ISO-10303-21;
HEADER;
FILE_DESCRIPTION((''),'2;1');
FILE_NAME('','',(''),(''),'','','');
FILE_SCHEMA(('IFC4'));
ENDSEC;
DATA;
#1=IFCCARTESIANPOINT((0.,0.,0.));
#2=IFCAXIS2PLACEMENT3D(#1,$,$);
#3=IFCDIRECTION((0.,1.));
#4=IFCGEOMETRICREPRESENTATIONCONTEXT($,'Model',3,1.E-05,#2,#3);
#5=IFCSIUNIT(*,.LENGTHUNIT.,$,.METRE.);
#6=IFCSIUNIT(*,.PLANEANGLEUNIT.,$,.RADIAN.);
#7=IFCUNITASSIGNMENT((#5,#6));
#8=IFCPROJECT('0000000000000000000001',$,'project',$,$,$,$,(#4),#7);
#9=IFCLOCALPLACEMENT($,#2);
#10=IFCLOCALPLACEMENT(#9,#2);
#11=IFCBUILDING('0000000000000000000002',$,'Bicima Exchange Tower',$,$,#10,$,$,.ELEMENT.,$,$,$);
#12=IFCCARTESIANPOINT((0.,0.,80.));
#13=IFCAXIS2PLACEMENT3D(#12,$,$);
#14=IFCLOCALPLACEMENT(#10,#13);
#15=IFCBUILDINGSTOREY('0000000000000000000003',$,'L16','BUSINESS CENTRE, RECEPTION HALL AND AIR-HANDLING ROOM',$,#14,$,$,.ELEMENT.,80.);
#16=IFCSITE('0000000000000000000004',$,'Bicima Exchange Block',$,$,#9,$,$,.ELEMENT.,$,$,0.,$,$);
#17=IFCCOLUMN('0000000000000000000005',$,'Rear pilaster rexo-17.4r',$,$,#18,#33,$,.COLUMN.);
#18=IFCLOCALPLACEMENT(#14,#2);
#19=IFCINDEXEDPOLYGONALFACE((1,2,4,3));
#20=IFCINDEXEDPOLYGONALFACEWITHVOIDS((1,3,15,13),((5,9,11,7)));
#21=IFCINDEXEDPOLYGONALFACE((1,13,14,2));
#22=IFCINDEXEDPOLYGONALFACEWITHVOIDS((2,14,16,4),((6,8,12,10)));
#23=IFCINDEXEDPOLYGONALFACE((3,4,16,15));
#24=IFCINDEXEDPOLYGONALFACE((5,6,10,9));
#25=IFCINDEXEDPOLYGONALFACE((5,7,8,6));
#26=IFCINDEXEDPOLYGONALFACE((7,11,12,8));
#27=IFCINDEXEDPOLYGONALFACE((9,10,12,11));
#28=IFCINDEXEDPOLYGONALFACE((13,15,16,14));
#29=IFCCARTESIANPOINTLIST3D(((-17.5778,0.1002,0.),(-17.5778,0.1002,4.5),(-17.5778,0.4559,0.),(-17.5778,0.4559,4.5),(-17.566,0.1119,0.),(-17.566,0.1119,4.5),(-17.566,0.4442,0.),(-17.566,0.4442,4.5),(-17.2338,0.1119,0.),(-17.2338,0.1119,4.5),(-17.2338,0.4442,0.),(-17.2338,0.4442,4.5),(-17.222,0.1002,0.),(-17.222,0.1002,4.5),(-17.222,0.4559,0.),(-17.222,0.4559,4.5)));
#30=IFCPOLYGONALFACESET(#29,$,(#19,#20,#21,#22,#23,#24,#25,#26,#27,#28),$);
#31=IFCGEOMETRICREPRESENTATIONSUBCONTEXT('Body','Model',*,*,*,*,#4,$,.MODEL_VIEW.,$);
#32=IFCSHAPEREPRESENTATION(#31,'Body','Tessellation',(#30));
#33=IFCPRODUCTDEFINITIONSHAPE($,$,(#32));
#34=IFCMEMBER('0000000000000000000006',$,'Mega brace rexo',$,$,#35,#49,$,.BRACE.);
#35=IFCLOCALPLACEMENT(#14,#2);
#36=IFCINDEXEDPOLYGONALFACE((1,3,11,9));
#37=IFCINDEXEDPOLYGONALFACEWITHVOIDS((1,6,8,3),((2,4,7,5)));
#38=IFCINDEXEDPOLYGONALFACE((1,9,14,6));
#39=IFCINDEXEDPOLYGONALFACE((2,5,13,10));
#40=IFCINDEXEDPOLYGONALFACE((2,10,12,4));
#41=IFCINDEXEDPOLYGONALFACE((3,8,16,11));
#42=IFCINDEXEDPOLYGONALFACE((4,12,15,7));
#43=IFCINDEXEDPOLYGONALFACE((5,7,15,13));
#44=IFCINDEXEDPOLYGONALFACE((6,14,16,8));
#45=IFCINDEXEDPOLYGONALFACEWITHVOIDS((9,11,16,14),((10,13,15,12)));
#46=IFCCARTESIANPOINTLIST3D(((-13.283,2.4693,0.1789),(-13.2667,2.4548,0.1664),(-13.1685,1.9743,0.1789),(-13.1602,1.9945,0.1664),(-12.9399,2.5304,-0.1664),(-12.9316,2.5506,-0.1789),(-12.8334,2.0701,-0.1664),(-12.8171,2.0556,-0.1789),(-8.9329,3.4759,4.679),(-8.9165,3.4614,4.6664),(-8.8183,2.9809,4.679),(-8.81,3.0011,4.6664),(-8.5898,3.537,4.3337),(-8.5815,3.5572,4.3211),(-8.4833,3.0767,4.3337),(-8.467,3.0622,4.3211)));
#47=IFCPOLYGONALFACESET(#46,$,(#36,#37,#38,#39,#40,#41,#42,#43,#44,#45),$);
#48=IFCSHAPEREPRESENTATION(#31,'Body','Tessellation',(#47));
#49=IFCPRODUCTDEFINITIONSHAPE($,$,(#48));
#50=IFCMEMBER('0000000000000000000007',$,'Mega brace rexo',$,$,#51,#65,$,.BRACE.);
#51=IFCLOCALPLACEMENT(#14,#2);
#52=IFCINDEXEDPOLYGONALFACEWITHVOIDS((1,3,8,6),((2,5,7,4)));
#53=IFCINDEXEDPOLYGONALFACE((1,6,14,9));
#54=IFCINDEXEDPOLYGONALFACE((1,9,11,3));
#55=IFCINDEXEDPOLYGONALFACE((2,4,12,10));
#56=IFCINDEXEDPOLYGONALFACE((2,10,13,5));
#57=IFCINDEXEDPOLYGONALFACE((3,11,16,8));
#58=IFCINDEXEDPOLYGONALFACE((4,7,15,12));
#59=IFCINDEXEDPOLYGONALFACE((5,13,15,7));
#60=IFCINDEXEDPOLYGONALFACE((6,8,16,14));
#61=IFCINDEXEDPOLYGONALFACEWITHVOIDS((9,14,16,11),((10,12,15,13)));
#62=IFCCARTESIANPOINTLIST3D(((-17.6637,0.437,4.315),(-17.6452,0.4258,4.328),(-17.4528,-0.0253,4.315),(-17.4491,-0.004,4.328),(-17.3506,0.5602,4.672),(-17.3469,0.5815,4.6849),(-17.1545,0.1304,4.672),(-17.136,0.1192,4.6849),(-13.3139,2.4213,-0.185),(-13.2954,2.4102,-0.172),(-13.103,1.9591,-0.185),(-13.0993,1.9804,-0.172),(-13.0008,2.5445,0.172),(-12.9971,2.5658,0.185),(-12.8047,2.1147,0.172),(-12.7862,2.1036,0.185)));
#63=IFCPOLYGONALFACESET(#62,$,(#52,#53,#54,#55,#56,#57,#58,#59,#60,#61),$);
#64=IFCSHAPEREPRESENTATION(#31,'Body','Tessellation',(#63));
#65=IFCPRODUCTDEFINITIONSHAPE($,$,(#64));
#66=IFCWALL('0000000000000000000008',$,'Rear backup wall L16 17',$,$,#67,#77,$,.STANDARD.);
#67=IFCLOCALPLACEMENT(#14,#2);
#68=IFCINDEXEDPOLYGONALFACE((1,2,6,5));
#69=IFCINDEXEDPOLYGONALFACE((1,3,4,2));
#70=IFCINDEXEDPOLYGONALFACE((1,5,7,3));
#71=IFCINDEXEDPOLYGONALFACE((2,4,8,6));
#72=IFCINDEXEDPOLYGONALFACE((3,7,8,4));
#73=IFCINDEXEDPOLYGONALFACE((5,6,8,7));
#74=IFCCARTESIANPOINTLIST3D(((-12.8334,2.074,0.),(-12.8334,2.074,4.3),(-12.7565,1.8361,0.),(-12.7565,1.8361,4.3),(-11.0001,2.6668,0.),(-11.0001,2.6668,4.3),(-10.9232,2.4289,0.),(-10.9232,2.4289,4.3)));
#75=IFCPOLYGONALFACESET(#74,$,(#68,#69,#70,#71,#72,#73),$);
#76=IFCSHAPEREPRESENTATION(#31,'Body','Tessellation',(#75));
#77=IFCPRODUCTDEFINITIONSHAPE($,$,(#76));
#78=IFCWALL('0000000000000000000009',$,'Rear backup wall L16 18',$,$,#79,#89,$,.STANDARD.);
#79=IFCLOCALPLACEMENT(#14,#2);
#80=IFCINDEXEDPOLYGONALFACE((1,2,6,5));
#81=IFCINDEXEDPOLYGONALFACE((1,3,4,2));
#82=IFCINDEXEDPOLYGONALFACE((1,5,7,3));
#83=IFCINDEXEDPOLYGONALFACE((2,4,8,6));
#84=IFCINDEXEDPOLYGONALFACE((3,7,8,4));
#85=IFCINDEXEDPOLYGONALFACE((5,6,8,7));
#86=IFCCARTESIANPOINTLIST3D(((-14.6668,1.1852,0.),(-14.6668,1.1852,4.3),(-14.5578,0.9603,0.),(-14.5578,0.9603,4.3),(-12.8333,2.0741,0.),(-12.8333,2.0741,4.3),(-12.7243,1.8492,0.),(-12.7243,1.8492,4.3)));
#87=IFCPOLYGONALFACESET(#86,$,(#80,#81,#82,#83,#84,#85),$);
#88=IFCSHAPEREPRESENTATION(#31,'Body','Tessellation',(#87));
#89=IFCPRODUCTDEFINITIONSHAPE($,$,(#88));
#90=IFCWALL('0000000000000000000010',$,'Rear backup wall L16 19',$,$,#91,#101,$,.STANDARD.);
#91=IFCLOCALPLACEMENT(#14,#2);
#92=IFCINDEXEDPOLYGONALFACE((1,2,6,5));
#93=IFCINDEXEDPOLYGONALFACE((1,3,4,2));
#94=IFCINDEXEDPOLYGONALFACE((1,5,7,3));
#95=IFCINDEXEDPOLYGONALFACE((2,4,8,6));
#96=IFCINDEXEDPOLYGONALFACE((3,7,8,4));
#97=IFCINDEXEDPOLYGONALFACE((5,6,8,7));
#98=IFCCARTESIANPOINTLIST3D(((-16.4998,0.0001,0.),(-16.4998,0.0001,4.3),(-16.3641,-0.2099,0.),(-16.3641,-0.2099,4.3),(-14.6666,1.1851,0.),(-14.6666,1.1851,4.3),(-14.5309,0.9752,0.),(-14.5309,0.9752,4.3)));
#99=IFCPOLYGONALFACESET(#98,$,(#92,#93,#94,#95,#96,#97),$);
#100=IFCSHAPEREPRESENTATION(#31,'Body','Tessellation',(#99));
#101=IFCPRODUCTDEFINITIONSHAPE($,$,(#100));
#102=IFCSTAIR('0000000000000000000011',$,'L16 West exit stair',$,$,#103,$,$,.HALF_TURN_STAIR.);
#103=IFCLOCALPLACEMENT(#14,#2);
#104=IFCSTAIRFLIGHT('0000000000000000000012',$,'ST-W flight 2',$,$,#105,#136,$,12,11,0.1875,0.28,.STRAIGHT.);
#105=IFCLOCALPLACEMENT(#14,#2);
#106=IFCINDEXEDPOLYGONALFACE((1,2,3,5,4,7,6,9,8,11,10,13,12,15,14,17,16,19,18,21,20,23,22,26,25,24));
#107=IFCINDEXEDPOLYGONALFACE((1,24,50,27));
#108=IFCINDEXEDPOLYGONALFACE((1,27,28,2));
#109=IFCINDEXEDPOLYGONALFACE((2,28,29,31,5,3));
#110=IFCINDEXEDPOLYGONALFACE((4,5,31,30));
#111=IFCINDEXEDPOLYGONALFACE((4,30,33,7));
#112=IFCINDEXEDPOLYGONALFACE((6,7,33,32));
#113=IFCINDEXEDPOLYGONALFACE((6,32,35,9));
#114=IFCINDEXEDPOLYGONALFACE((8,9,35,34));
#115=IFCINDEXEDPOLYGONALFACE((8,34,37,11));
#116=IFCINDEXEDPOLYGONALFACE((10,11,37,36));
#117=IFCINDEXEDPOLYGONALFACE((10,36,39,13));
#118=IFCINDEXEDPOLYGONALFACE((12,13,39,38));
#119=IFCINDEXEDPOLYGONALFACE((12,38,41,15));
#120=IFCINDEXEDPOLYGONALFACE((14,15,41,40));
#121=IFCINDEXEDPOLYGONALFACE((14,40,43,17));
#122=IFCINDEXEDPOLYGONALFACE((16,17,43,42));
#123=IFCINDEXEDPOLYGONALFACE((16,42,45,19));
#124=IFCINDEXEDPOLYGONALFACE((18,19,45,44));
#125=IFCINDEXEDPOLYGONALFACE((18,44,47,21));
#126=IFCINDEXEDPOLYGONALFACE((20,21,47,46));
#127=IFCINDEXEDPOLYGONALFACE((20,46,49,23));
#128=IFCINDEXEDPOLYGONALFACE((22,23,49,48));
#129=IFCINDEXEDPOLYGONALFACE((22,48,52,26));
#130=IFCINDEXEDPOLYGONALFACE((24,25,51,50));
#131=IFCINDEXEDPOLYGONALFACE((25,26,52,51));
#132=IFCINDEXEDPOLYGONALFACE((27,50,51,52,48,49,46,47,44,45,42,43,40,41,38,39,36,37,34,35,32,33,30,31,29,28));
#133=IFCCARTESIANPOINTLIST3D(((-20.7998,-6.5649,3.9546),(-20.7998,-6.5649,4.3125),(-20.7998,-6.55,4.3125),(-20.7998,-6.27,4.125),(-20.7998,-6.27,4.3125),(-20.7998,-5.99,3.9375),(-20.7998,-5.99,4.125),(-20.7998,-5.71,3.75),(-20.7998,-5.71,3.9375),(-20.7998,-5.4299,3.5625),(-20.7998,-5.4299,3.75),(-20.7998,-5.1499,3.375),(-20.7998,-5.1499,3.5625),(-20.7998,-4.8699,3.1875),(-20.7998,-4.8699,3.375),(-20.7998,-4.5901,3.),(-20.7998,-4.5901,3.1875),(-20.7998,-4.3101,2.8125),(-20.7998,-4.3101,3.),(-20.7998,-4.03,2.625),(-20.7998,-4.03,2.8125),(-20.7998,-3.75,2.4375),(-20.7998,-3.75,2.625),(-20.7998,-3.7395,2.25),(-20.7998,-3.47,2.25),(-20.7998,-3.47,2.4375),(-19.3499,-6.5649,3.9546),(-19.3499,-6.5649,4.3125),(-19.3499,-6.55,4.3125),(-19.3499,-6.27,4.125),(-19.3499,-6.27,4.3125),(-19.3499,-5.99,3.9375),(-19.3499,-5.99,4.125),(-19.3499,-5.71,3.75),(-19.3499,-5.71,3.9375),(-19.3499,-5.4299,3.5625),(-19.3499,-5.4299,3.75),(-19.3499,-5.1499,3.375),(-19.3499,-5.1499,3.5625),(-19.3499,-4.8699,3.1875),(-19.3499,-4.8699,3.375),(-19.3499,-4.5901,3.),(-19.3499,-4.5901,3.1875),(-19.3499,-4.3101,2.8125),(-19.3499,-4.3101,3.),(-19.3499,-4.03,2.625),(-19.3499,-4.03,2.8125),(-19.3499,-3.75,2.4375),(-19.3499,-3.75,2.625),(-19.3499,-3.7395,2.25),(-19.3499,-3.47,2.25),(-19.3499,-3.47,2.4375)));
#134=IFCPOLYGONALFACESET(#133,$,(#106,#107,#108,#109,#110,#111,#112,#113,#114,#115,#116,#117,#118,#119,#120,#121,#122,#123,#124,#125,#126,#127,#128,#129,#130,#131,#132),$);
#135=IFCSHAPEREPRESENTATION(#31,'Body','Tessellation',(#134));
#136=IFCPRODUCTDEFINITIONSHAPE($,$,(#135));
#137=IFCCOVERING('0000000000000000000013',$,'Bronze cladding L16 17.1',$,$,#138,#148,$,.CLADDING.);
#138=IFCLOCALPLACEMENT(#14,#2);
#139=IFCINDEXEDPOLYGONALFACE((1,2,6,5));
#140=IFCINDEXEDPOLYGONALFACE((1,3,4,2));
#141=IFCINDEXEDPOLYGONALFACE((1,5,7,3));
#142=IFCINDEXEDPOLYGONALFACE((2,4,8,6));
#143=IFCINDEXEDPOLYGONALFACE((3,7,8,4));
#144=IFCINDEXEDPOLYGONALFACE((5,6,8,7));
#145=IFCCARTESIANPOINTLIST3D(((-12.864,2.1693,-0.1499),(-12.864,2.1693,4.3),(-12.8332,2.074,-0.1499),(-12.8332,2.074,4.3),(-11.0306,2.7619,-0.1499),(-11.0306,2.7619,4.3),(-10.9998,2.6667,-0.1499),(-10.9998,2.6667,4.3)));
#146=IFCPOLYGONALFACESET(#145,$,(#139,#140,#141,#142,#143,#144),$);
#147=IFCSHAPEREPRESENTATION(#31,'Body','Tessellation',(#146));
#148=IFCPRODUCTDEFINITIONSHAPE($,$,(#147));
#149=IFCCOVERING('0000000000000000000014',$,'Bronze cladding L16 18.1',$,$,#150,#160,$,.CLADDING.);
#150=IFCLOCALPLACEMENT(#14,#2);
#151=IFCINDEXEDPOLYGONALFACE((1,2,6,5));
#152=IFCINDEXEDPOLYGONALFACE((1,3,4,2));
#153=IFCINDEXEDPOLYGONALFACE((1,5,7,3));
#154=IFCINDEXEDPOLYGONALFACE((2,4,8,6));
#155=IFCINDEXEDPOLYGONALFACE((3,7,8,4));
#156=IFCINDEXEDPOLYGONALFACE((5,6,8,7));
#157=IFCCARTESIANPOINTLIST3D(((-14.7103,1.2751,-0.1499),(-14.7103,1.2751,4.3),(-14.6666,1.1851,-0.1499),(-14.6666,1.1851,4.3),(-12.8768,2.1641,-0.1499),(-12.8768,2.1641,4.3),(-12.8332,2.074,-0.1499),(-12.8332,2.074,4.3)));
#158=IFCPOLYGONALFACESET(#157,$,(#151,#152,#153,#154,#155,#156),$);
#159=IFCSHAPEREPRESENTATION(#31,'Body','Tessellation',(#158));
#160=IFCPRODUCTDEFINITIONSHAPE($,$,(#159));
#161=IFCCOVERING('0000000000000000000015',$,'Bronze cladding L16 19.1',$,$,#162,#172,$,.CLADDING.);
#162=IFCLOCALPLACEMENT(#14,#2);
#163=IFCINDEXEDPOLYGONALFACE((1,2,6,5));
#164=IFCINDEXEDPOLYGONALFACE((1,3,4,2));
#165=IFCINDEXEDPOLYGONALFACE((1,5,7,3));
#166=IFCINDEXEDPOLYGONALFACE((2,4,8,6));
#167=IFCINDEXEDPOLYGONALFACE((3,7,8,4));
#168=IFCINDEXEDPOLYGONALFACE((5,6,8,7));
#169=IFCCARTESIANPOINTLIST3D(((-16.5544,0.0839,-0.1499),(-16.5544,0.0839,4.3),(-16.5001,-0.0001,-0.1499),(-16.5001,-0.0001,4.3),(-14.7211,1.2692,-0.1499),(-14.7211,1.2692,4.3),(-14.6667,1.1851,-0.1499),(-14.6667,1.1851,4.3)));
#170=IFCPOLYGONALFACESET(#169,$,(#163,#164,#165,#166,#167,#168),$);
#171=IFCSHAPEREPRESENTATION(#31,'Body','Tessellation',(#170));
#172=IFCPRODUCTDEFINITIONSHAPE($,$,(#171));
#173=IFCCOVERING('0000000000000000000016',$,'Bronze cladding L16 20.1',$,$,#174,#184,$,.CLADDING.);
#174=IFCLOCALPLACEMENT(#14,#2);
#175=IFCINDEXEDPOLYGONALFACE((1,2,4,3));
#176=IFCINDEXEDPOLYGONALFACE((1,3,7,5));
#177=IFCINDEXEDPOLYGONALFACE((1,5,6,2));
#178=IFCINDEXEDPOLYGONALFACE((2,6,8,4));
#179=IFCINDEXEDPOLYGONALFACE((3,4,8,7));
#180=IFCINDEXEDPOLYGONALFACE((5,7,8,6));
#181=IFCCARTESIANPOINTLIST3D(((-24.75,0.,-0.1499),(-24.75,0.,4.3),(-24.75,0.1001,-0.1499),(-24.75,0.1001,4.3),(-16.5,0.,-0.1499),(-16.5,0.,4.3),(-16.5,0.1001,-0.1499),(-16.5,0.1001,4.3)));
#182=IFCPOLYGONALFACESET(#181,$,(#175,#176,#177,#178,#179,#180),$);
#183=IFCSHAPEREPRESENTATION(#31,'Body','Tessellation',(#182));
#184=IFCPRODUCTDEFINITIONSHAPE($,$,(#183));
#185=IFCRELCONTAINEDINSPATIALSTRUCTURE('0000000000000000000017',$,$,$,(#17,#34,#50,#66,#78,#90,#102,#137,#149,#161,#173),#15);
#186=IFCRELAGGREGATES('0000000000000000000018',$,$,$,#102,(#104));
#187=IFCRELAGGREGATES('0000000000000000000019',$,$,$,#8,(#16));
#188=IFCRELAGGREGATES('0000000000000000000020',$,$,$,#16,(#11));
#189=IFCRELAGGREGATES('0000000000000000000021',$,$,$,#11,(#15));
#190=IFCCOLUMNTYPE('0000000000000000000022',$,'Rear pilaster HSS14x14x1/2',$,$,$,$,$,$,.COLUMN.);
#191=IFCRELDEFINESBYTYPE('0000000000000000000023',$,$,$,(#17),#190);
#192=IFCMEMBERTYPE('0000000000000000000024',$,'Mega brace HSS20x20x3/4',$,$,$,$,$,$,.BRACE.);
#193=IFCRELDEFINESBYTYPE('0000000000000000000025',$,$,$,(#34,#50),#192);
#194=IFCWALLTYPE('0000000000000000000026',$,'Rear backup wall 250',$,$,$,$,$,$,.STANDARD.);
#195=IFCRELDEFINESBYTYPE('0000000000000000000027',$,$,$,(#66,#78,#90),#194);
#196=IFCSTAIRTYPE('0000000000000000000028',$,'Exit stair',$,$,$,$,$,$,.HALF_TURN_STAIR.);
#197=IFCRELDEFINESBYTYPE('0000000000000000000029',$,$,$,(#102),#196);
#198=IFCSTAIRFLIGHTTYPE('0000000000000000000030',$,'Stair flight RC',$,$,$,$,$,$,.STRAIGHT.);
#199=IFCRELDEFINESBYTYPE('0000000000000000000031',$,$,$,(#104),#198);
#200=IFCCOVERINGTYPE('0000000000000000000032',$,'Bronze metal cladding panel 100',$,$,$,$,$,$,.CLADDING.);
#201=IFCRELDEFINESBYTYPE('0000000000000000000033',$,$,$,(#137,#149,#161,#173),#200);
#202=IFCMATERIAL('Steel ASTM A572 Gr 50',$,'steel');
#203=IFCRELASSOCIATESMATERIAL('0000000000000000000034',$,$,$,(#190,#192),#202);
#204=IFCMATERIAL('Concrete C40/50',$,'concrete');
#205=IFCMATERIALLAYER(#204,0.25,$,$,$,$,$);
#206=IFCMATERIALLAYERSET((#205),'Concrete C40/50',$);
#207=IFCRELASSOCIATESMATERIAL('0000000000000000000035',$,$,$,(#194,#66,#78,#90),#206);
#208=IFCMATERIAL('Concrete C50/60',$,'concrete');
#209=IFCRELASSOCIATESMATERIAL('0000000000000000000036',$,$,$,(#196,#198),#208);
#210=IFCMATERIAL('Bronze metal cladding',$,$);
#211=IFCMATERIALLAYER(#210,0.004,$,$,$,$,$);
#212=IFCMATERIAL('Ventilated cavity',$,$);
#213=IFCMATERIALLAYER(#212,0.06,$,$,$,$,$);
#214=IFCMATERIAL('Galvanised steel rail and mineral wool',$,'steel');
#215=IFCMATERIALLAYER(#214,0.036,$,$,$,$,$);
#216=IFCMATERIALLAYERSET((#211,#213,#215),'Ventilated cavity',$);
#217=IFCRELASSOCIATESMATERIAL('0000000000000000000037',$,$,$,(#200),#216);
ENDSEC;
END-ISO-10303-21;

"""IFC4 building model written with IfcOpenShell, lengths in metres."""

from ifc_helpers import new_model, si_unit, direction, frame, frame_2d, origin, origin_2d, place, context, subcontext, project, spatial, polyline, rectangle, hollow_rectangle, outline, extrude, material, layer, layer_set, layer_usage, material_profile, profile_set, type_object, element, aggregate, save


model = new_model("IFC4")

# Units and contexts
model_context = context("Model", 3, precision=1e-05, world=origin(), true_north=direction((0.0, 1.0)))
body_context = subcontext(model_context, "Body", "Model", "MODEL_VIEW")
ifc_project = project(units=[si_unit("LENGTHUNIT", "METRE"), si_unit("PLANEANGLEUNIT", "RADIAN")], contexts=[model_context])

# Site, building, storey
site_placement = place(None, origin())
site = spatial("IfcSite", under=ifc_project, at=site_placement, Name="Bicima Exchange Block", CompositionType="ELEMENT", RefElevation=0.0)
building_placement = place(site_placement, origin())
building = spatial("IfcBuilding", under=site, at=building_placement, Name="Bicima Exchange Tower", CompositionType="ELEMENT")
storey_placement = place(building_placement, frame((0.0, 0.0, 80.0)))
storey = spatial("IfcBuildingStorey", under=building, at=storey_placement, Name="L16", Description="BUSINESS CENTRE, RECEPTION HALL AND AIR-HANDLING ROOM", CompositionType="ELEMENT", Elevation=80.0)

# Column
ifc_material_1 = material(Name="Steel ASTM A572 Gr 50", Category="steel")
ifc_material_profile_1 = material_profile(ifc_material_1, hollow_rectangle(XDim=0.3557, YDim=0.3557, WallThickness=0.0117, at=origin_2d()))
ifc_profile_set_1 = profile_set([ifc_material_profile_1], Name="Steel ASTM A572 Gr 50")
column_type = type_object("IfcColumnType", Name="Rear pilaster HSS14x14x1/2", PredefinedType="COLUMN", material=ifc_profile_set_1)
column_placement = place(storey_placement, frame((-17.3999, 0.2781, 0.0), z_axis=(0.0, 0.0, 1.0), x_axis=(1.0, 0.0, 0.0)))
element("IfcColumn", 1, at=column_placement, inside=storey, type_object=column_type, Name="Rear pilaster rexo-17.4r", PredefinedType="COLUMN", context=body_context, shape_type="SweptSolid", body=[
    extrude(hollow_rectangle(XDim=0.3557, YDim=0.3557, WallThickness=0.0117, at=origin_2d()), origin(), (0.0, 0.0, 1.0), 4.5),
])

# Members
ifc_material_profile_2 = material_profile(ifc_material_1, hollow_rectangle(XDim=0.5081, YDim=0.5081, WallThickness=0.0178, at=origin_2d()))
ifc_profile_set_2 = profile_set([ifc_material_profile_2], Name="Steel ASTM A572 Gr 50")
member_type = type_object("IfcMemberType", Name="Mega brace HSS20x20x3/4", PredefinedType="BRACE", material=ifc_profile_set_2)
member_1_placement = place(storey_placement, frame((-13.05, 2.2625, 0.0), z_axis=(0.686212, 0.158786, 0.709859), x_axis=(-0.225439, 0.974257, 0.0)))
element("IfcMember", 2, at=member_1_placement, inside=storey, type_object=member_type, Name="Mega brace rexo", PredefinedType="BRACE", context=body_context, shape_type="SweptSolid", body=[
    extrude(hollow_rectangle(XDim=0.5081, YDim=0.5081, WallThickness=0.0178, at=origin_2d()), origin(), (0.0, 0.0, 1.0), 6.3394),
])
member_2_placement = place(storey_placement, frame((-13.05, 2.2625, 0.0), z_axis=(-0.662508, -0.302232, 0.685376), x_axis=(0.415045, -0.909801, 0.0)))
element("IfcMember", 3, at=member_2_placement, inside=storey, type_object=member_type, Name="Mega brace rexo", PredefinedType="BRACE", context=body_context, shape_type="SweptSolid", body=[
    extrude(hollow_rectangle(XDim=0.5081, YDim=0.5081, WallThickness=0.0178, at=origin_2d()), origin(), (0.0, 0.0, 1.0), 6.5657),
])

# Walls
ifc_material_2 = material(Name="Concrete C40/50", Category="concrete")
ifc_layer_1 = layer(ifc_material_2, 0.25)
ifc_layer_set_1 = layer_set([ifc_layer_1], Name="Concrete C40/50")
ifc_layer_usage = layer_usage(ifc_layer_set_1, "AXIS2", "POSITIVE", -0.125)
wall_type = type_object("IfcWallType", Name="Rear backup wall 250", PredefinedType="STANDARD", material=ifc_layer_set_1)
wall_1_placement = place(storey_placement, frame((-10.9617, 2.5479, 0.0), z_axis=(0.0, 0.0, 1.0), x_axis=(-0.951496, -0.307662, 0.0)))
element("IfcWall", 4, at=wall_1_placement, inside=storey, type_object=wall_type, material=ifc_layer_usage, Name="Rear backup wall L16 17", PredefinedType="STANDARD", context=body_context, shape_type="SweptSolid", body=[
    extrude(rectangle(XDim=1.9268, YDim=0.25, at=frame_2d((0.9634, 0.0))), origin(), (0.0, 0.0, 1.0), 4.3),
])
wall_2_placement = place(storey_placement, frame((-12.7788, 1.9617, 0.0), z_axis=(0.0, 0.0, 1.0), x_axis=(-0.899824, -0.436253, 0.0)))
element("IfcWall", 5, at=wall_2_placement, inside=storey, type_object=wall_type, material=ifc_layer_usage, Name="Rear backup wall L16 18", PredefinedType="STANDARD", context=body_context, shape_type="SweptSolid", body=[
    extrude(rectangle(XDim=2.0376, YDim=0.25, at=frame_2d((1.0188, 0.0))), origin(), (0.0, 0.0, 1.0), 4.3),
])
wall_3_placement = place(storey_placement, frame((-14.5989, 1.0801, 0.0), z_axis=(0.0, 0.0, 1.0), x_axis=(-0.839813, -0.542876, 0.0)))
element("IfcWall", 6, at=wall_3_placement, inside=storey, type_object=wall_type, material=ifc_layer_usage, Name="Rear backup wall L16 19", PredefinedType="STANDARD", context=body_context, shape_type="SweptSolid", body=[
    extrude(rectangle(XDim=2.1829, YDim=0.25, at=frame_2d((1.0913, 0.0))), origin(), (0.0, 0.0, 1.0), 4.3),
])

# Stair, stair flight
ifc_material_3 = material(Name="Concrete C50/60", Category="concrete")
stair_type = type_object("IfcStairType", Name="Exit stair", PredefinedType="HALF_TURN_STAIR", material=ifc_material_3)
stair_placement = place(storey_placement, origin())
stair = element("IfcStair", 7, at=stair_placement, inside=storey, type_object=stair_type, Name="L16 West exit stair", PredefinedType="HALF_TURN_STAIR")
stair_flight_type = type_object("IfcStairFlightType", Name="Stair flight RC", PredefinedType="STRAIGHT", material=ifc_material_3)
stair_flight_placement = place(storey_placement, frame((-20.075, -3.47, 2.25), z_axis=(0.0, 0.0, 1.0), x_axis=(0.0, -1.0, 0.0)))
stair_flight = element("IfcStairFlight", 8, at=stair_flight_placement, type_object=stair_flight_type, Name="ST-W flight 2", NumberOfRisers=12, NumberOfTreads=11, PredefinedType="STRAIGHT", RiserHeight=0.1875, TreadLength=0.28, context=body_context, shape_type="SweptSolid", body=[
    extrude(outline(polyline([(0.0, 0.0), (0.0, 0.1875), (0.28, 0.1875), (0.28, 0.375), (0.5601, 0.375), (0.5601, 0.5625), (0.8401, 0.5625), (0.8401, 0.75), (1.1201, 0.75), (1.1201, 0.9375), (1.3999, 0.9375), (1.3999, 1.125), (1.6799, 1.125), (1.6799, 1.3125), (1.96, 1.3125), (1.96, 1.5), (2.24, 1.5), (2.24, 1.6875), (2.52, 1.6875), (2.52, 1.875), (2.8, 1.875), (2.8, 2.0625), (3.0801, 2.0625), (3.095, 2.0625), (3.095, 1.7046), (0.2695, 0.0), (0.0, 0.0)])), frame((0.0, 0.7251, 0.0), z_axis=(0.0, -1.0, 0.0), x_axis=(1.0, 0.0, 0.0)), (0.0, 0.0, 1.0), 1.45),
])
aggregate(stair, [stair_flight])

# Coverings
ifc_material_4 = material(Name="Bronze metal cladding")
ifc_layer_2 = layer(ifc_material_4, 0.004)
ifc_material_5 = material(Name="Ventilated cavity")
ifc_layer_3 = layer(ifc_material_5, 0.06)
ifc_material_6 = material(Name="Galvanised steel rail and mineral wool", Category="steel")
ifc_layer_4 = layer(ifc_material_6, 0.036)
ifc_layer_set_2 = layer_set([ifc_layer_2, ifc_layer_3, ifc_layer_4], Name="Ventilated cavity")
covering_type = type_object("IfcCoveringType", Name="Bronze metal cladding panel 100", PredefinedType="CLADDING", material=ifc_layer_set_2)
covering_1_placement = place(storey_placement, frame((-11.9319, 2.418, -0.1499), z_axis=(0.0, 0.0, 1.0), x_axis=(-0.951525, -0.307573, 0.0)))
element("IfcCovering", 9, at=covering_1_placement, inside=storey, type_object=covering_type, Name="Bronze cladding L16 17.1", PredefinedType="CLADDING", context=body_context, shape_type="SweptSolid", body=[
    extrude(rectangle(XDim=1.9268, YDim=0.1001, at=origin_2d()), origin(), (0.0, 0.0, 1.0), 4.45),
])
covering_2_placement = place(storey_placement, frame((-13.7717, 1.6746, -0.1499), z_axis=(0.0, 0.0, 1.0), x_axis=(-0.899818, -0.436265, 0.0)))
element("IfcCovering", 10, at=covering_2_placement, inside=storey, type_object=covering_type, Name="Bronze cladding L16 18.1", PredefinedType="CLADDING", context=body_context, shape_type="SweptSolid", body=[
    extrude(rectangle(XDim=2.0376, YDim=0.1001, at=origin_2d()), origin(), (0.0, 0.0, 1.0), 4.45),
])
covering_3_placement = place(storey_placement, frame((-15.6106, 0.6345, -0.1499), z_axis=(0.0, 0.0, 1.0), x_axis=(-0.83979, -0.542911, 0.0)))
element("IfcCovering", 11, at=covering_3_placement, inside=storey, type_object=covering_type, Name="Bronze cladding L16 19.1", PredefinedType="CLADDING", context=body_context, shape_type="SweptSolid", body=[
    extrude(rectangle(XDim=2.1831, YDim=0.1001, at=origin_2d()), origin(), (0.0, 0.0, 1.0), 4.45),
])
covering_4_placement = place(storey_placement, frame((-20.625, 0.05, -0.1499), z_axis=(0.0, 0.0, 1.0), x_axis=(-1.0, 0.0, 0.0)))
element("IfcCovering", 12, at=covering_4_placement, inside=storey, type_object=covering_type, Name="Bronze cladding L16 20.1", PredefinedType="CLADDING", context=body_context, shape_type="SweptSolid", body=[
    extrude(rectangle(XDim=8.25, YDim=0.1001, at=origin_2d()), origin(), (0.0, 0.0, 1.0), 4.45),
])

save(model, "model.ifc")
